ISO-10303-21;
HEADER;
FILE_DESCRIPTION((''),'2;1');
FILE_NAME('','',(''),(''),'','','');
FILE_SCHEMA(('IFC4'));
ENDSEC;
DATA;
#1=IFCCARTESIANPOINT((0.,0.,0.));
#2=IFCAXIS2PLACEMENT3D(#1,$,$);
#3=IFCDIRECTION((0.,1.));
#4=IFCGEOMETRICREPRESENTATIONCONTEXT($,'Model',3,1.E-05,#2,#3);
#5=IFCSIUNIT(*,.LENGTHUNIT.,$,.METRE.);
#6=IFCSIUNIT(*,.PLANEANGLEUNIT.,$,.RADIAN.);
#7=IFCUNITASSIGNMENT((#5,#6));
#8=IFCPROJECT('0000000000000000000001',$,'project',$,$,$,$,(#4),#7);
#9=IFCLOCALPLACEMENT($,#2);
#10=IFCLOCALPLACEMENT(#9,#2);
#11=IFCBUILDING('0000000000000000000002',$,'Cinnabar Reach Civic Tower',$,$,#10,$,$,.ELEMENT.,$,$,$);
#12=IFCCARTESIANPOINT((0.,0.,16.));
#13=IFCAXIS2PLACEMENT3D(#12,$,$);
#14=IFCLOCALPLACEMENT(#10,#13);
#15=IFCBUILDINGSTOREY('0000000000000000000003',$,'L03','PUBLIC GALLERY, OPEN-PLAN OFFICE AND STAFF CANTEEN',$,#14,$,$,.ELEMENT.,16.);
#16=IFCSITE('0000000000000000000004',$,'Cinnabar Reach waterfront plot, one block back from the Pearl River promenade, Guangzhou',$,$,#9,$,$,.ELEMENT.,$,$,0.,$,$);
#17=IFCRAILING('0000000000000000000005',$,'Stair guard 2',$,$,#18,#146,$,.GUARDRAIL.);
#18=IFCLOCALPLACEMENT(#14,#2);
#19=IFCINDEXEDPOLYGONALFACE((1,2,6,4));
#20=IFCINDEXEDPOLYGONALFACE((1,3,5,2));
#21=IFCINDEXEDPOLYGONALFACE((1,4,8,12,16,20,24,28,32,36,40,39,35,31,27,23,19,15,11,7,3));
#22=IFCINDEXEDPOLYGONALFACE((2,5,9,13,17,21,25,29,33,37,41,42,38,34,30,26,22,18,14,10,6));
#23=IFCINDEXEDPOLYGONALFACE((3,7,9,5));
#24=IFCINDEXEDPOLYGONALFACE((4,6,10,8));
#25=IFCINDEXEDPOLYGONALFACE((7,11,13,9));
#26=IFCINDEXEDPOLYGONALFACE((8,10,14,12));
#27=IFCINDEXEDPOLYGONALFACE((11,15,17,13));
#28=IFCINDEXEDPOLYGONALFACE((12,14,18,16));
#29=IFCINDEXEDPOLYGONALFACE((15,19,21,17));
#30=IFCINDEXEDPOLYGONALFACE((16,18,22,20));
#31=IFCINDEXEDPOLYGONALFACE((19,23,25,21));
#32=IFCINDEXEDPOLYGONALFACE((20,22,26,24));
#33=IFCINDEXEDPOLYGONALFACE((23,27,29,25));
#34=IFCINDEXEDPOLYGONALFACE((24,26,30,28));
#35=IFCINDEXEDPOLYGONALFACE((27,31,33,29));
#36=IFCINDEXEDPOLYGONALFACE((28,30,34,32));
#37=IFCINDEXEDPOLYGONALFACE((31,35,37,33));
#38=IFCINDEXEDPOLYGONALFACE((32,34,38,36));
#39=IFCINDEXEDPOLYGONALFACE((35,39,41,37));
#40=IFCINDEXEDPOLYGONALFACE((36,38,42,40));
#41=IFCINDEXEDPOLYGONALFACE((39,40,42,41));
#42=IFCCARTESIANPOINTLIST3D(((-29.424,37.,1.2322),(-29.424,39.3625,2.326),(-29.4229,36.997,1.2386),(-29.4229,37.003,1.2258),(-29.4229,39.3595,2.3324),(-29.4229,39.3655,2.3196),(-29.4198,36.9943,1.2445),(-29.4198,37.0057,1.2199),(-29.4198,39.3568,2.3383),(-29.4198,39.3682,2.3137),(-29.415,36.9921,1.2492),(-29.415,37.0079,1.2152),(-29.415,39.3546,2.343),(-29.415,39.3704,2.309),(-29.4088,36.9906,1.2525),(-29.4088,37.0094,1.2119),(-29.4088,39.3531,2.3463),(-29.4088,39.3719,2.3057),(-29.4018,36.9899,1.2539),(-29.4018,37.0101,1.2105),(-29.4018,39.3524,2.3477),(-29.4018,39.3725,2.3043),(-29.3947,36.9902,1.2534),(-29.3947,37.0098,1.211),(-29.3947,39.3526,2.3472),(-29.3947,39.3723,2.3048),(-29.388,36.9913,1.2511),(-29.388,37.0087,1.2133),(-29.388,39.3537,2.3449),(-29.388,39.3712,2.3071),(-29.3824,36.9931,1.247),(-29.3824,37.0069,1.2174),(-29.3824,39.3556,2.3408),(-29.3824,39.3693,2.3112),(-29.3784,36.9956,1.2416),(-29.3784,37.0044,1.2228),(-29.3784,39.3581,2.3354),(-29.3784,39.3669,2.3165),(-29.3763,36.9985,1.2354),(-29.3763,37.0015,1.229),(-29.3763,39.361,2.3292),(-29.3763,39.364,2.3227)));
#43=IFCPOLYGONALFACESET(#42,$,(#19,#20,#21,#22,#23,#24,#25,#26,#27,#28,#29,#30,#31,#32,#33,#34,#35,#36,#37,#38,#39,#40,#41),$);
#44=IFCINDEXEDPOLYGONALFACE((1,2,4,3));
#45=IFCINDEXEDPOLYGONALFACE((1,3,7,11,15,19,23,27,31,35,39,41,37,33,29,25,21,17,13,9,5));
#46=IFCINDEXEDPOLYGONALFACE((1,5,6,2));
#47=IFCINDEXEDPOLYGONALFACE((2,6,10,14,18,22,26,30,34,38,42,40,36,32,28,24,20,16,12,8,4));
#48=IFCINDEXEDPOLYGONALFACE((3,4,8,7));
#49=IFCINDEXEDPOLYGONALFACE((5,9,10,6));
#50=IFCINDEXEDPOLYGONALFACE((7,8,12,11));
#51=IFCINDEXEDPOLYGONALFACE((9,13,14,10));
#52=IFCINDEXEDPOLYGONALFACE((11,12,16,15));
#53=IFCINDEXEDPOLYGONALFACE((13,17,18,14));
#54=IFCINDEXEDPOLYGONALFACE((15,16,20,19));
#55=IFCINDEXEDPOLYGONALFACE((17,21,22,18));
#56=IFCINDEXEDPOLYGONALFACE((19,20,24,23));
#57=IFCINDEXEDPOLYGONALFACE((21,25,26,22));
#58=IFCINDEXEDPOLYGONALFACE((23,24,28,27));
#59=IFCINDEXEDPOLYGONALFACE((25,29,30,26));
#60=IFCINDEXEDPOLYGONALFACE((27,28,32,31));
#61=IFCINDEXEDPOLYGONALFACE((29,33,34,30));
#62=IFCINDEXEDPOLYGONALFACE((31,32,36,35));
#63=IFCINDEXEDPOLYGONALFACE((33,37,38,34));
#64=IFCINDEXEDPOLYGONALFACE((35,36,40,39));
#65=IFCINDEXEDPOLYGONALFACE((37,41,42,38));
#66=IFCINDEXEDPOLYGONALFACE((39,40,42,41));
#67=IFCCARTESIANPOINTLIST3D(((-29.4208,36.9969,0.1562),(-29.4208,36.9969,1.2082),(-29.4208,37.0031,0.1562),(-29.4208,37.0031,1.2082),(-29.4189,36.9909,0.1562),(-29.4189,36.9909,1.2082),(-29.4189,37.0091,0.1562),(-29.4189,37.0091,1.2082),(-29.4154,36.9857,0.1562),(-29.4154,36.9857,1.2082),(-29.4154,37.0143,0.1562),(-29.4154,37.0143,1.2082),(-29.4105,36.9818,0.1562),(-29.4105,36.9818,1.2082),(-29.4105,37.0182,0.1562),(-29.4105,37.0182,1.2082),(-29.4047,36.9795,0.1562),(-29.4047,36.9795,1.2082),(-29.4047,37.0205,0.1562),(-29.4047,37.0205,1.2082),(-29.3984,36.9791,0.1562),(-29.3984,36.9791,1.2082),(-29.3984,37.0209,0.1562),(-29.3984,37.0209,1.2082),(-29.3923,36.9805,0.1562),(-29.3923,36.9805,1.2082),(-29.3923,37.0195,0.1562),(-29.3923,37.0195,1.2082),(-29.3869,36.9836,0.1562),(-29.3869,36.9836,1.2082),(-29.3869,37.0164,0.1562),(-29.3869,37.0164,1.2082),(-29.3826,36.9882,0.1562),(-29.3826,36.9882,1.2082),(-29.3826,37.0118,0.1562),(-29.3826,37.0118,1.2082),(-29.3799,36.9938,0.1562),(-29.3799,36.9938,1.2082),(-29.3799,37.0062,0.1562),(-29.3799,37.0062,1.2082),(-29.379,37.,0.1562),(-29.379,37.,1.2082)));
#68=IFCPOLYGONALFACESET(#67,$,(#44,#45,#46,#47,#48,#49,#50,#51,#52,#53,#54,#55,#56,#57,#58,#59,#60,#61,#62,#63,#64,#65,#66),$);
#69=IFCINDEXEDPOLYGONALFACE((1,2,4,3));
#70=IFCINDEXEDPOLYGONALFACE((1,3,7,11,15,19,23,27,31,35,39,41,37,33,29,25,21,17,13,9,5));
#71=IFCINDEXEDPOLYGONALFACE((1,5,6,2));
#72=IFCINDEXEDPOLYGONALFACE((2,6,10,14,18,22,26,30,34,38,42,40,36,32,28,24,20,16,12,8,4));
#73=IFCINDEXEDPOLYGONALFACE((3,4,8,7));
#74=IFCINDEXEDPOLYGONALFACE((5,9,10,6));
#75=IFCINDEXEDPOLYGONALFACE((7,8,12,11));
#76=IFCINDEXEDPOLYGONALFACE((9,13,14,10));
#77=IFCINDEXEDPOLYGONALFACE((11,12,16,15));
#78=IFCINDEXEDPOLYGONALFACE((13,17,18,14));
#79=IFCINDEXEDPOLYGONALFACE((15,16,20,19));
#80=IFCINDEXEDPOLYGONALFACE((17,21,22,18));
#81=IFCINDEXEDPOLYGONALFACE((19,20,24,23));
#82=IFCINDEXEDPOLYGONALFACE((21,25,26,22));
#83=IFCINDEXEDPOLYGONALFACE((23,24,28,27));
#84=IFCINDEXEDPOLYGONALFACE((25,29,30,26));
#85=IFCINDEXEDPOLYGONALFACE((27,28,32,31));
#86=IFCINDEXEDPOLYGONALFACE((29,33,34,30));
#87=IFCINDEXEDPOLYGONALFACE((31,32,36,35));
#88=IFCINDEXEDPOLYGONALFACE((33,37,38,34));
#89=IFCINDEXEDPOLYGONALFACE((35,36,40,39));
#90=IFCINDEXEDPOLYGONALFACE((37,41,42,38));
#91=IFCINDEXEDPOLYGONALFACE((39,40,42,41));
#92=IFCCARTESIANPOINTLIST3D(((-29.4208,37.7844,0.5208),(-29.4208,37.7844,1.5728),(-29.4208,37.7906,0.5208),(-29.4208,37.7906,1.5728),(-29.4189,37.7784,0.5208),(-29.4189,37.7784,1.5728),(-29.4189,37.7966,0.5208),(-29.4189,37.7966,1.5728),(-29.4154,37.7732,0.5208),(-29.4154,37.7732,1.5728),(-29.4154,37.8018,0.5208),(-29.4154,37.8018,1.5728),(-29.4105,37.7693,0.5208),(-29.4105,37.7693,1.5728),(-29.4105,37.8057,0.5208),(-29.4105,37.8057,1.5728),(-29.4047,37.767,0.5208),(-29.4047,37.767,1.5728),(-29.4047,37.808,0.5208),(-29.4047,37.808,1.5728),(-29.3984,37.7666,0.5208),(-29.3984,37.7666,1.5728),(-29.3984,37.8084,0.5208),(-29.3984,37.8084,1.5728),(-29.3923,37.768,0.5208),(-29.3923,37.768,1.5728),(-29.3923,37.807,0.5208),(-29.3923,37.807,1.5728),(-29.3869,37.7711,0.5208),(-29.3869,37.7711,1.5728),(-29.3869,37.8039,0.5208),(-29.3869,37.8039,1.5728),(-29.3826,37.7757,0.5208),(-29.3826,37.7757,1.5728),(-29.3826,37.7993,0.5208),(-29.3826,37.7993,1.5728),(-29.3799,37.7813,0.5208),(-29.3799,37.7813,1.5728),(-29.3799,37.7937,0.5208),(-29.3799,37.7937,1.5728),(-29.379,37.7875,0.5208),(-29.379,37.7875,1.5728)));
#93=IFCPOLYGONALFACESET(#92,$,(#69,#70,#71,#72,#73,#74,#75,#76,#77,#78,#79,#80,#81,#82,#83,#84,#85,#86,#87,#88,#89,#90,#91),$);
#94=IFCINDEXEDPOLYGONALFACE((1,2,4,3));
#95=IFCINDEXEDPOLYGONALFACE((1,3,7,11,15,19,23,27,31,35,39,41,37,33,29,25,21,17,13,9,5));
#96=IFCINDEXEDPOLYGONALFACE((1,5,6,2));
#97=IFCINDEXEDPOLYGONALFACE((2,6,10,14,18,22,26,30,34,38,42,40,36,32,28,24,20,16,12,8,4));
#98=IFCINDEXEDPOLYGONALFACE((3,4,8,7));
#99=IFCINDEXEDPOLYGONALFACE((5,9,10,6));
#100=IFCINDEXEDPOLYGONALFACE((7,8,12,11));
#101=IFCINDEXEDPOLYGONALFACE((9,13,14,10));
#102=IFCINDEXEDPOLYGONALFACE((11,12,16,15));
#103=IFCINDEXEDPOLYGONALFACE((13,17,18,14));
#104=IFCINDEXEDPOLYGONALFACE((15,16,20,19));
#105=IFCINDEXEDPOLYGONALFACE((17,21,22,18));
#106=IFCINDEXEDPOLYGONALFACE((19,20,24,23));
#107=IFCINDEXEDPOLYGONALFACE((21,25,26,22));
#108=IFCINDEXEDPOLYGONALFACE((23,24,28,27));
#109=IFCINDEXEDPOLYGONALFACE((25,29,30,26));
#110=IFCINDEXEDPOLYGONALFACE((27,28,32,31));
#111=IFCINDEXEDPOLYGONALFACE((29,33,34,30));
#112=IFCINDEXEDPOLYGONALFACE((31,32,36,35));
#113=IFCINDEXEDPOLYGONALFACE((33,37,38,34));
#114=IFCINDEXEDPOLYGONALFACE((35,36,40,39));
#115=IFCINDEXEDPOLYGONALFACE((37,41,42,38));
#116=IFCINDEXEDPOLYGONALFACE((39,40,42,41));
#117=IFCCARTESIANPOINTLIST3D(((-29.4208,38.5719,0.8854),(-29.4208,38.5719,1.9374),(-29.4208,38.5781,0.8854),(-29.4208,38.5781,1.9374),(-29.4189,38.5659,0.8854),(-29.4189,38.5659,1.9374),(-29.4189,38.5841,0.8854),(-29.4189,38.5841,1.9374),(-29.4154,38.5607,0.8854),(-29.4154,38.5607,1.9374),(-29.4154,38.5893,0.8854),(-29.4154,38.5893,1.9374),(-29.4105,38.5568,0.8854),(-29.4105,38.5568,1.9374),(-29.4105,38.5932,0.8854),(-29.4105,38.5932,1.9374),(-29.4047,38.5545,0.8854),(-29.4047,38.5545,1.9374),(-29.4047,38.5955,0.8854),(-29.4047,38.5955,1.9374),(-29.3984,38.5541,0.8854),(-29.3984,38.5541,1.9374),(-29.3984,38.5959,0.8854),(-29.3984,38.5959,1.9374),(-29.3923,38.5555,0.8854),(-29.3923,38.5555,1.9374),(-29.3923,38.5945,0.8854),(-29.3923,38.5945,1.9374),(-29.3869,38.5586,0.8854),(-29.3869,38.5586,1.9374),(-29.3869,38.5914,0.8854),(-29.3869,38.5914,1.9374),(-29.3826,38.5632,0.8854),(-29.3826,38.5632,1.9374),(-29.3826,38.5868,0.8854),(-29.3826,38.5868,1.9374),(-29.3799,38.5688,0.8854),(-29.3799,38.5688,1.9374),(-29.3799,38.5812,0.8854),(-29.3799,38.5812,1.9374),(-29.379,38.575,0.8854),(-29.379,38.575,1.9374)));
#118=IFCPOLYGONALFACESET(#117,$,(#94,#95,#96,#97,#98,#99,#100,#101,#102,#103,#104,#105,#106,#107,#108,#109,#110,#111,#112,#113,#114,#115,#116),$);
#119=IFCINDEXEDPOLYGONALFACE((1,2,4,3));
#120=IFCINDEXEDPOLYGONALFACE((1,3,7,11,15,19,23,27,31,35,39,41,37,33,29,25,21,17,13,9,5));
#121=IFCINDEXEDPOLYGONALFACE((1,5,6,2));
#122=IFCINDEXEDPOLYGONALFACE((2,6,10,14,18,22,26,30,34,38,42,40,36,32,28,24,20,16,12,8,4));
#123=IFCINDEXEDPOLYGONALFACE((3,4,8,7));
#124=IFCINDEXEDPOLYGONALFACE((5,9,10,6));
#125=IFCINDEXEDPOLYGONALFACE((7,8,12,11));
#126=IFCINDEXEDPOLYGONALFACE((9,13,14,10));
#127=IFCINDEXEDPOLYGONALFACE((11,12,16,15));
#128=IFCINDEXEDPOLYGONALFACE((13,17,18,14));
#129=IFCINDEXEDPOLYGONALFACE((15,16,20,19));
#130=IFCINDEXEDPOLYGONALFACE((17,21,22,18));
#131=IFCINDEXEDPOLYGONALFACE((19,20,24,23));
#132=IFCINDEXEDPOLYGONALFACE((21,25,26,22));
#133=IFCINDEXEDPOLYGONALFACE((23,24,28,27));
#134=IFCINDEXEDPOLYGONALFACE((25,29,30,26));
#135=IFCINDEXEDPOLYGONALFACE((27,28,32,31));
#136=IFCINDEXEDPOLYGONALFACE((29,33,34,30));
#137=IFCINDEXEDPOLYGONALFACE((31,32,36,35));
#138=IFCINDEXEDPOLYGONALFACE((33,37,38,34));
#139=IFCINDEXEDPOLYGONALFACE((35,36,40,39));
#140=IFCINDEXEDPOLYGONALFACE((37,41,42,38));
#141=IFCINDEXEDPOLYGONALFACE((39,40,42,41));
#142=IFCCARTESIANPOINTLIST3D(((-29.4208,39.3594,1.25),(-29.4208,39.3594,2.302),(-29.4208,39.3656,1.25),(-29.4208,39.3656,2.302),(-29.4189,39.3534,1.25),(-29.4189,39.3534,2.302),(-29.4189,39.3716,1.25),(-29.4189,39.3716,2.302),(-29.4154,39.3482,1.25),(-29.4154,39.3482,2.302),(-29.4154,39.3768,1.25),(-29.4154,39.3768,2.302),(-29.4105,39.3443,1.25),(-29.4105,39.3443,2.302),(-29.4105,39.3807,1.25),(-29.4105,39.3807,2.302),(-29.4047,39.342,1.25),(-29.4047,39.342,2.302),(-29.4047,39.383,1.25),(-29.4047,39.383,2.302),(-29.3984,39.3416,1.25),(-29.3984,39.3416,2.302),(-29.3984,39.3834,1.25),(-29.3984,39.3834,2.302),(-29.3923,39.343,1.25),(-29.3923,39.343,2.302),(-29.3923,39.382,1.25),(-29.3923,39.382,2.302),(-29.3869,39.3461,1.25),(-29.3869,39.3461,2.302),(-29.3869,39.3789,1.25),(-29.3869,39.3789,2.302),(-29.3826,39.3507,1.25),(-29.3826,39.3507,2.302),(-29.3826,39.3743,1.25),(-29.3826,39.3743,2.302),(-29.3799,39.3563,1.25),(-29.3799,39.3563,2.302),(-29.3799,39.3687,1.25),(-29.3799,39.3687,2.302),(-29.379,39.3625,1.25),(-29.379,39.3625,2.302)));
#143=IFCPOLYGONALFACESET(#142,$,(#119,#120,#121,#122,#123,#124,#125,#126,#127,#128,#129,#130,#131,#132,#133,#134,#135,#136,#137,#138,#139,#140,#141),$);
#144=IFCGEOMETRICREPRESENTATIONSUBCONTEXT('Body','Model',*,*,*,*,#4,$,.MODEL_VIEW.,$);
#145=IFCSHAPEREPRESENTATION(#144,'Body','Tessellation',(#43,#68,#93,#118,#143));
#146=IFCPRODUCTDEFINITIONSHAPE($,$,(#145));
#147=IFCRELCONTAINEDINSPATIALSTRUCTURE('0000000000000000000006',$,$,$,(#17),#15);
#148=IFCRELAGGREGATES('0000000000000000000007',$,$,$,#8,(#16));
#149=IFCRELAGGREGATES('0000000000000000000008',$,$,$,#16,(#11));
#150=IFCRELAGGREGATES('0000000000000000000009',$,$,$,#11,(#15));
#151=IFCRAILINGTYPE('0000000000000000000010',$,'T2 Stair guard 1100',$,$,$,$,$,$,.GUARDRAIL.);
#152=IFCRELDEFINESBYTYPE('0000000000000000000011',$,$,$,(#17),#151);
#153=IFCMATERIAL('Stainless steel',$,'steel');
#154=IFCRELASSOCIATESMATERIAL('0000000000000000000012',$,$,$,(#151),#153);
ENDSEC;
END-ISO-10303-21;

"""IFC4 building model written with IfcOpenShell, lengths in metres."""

from ifc_helpers import new_model, si_unit, direction, frame, origin, origin_2d, place, context, subcontext, project, spatial, circle, extrude, material, type_object, element, save


model = new_model("IFC4")

# Units and contexts
model_context = context("Model", 3, precision=1e-05, world=origin(), true_north=direction((0.0, 1.0)))
body_context = subcontext(model_context, "Body", "Model", "MODEL_VIEW")
ifc_project = project(units=[si_unit("LENGTHUNIT", "METRE"), si_unit("PLANEANGLEUNIT", "RADIAN")], contexts=[model_context])

# Site, building, storey
site_placement = place(None, origin())
site = spatial("IfcSite", under=ifc_project, at=site_placement, Name="Cinnabar Reach waterfront plot, one block back from the Pearl River promenade, Guangzhou", CompositionType="ELEMENT", RefElevation=0.0)
building_placement = place(site_placement, origin())
building = spatial("IfcBuilding", under=site, at=building_placement, Name="Cinnabar Reach Civic Tower", CompositionType="ELEMENT")
storey_placement = place(building_placement, frame((0.0, 0.0, 16.0)))
storey = spatial("IfcBuildingStorey", under=building, at=storey_placement, Name="L03", Description="PUBLIC GALLERY, OPEN-PLAN OFFICE AND STAFF CANTEEN", CompositionType="ELEMENT", Elevation=16.0)

# Railing
ifc_material_1 = material(Name="Stainless steel", Category="steel")
railing_type = type_object("IfcRailingType", Name="T2 Stair guard 1100", PredefinedType="GUARDRAIL", material=ifc_material_1)
railing_1_placement = place(storey_placement, frame((-29.4, 37.0, 0.1562)))
element("IfcRailing", 1, at=railing_1_placement, inside=storey, type_object=railing_type, Name="Stair guard 2", PredefinedType="GUARDRAIL", context=body_context, shape_type="SweptSolid", body=[
    extrude(circle(Radius=0.024, at=origin_2d()), frame((0.0, 0.0, 1.076), z_axis=(0.0, 0.90746, 0.420139), x_axis=(-1.0, 0.0, 0.0)), (0.0, 0.0, 1.0), 2.6034),
    extrude(circle(Radius=0.021, at=origin_2d()), origin(), (0.0, 0.0, 1.0), 1.052),
    extrude(circle(Radius=0.021, at=origin_2d()), frame((0.0, 0.7875, 0.3646)), (0.0, 0.0, 1.0), 1.052),
    extrude(circle(Radius=0.021, at=origin_2d()), frame((0.0, 1.575, 0.7292)), (0.0, 0.0, 1.0), 1.052),
    extrude(circle(Radius=0.021, at=origin_2d()), frame((0.0, 2.3625, 1.0938)), (0.0, 0.0, 1.0), 1.052),
])

save(model, "model.ifc")
